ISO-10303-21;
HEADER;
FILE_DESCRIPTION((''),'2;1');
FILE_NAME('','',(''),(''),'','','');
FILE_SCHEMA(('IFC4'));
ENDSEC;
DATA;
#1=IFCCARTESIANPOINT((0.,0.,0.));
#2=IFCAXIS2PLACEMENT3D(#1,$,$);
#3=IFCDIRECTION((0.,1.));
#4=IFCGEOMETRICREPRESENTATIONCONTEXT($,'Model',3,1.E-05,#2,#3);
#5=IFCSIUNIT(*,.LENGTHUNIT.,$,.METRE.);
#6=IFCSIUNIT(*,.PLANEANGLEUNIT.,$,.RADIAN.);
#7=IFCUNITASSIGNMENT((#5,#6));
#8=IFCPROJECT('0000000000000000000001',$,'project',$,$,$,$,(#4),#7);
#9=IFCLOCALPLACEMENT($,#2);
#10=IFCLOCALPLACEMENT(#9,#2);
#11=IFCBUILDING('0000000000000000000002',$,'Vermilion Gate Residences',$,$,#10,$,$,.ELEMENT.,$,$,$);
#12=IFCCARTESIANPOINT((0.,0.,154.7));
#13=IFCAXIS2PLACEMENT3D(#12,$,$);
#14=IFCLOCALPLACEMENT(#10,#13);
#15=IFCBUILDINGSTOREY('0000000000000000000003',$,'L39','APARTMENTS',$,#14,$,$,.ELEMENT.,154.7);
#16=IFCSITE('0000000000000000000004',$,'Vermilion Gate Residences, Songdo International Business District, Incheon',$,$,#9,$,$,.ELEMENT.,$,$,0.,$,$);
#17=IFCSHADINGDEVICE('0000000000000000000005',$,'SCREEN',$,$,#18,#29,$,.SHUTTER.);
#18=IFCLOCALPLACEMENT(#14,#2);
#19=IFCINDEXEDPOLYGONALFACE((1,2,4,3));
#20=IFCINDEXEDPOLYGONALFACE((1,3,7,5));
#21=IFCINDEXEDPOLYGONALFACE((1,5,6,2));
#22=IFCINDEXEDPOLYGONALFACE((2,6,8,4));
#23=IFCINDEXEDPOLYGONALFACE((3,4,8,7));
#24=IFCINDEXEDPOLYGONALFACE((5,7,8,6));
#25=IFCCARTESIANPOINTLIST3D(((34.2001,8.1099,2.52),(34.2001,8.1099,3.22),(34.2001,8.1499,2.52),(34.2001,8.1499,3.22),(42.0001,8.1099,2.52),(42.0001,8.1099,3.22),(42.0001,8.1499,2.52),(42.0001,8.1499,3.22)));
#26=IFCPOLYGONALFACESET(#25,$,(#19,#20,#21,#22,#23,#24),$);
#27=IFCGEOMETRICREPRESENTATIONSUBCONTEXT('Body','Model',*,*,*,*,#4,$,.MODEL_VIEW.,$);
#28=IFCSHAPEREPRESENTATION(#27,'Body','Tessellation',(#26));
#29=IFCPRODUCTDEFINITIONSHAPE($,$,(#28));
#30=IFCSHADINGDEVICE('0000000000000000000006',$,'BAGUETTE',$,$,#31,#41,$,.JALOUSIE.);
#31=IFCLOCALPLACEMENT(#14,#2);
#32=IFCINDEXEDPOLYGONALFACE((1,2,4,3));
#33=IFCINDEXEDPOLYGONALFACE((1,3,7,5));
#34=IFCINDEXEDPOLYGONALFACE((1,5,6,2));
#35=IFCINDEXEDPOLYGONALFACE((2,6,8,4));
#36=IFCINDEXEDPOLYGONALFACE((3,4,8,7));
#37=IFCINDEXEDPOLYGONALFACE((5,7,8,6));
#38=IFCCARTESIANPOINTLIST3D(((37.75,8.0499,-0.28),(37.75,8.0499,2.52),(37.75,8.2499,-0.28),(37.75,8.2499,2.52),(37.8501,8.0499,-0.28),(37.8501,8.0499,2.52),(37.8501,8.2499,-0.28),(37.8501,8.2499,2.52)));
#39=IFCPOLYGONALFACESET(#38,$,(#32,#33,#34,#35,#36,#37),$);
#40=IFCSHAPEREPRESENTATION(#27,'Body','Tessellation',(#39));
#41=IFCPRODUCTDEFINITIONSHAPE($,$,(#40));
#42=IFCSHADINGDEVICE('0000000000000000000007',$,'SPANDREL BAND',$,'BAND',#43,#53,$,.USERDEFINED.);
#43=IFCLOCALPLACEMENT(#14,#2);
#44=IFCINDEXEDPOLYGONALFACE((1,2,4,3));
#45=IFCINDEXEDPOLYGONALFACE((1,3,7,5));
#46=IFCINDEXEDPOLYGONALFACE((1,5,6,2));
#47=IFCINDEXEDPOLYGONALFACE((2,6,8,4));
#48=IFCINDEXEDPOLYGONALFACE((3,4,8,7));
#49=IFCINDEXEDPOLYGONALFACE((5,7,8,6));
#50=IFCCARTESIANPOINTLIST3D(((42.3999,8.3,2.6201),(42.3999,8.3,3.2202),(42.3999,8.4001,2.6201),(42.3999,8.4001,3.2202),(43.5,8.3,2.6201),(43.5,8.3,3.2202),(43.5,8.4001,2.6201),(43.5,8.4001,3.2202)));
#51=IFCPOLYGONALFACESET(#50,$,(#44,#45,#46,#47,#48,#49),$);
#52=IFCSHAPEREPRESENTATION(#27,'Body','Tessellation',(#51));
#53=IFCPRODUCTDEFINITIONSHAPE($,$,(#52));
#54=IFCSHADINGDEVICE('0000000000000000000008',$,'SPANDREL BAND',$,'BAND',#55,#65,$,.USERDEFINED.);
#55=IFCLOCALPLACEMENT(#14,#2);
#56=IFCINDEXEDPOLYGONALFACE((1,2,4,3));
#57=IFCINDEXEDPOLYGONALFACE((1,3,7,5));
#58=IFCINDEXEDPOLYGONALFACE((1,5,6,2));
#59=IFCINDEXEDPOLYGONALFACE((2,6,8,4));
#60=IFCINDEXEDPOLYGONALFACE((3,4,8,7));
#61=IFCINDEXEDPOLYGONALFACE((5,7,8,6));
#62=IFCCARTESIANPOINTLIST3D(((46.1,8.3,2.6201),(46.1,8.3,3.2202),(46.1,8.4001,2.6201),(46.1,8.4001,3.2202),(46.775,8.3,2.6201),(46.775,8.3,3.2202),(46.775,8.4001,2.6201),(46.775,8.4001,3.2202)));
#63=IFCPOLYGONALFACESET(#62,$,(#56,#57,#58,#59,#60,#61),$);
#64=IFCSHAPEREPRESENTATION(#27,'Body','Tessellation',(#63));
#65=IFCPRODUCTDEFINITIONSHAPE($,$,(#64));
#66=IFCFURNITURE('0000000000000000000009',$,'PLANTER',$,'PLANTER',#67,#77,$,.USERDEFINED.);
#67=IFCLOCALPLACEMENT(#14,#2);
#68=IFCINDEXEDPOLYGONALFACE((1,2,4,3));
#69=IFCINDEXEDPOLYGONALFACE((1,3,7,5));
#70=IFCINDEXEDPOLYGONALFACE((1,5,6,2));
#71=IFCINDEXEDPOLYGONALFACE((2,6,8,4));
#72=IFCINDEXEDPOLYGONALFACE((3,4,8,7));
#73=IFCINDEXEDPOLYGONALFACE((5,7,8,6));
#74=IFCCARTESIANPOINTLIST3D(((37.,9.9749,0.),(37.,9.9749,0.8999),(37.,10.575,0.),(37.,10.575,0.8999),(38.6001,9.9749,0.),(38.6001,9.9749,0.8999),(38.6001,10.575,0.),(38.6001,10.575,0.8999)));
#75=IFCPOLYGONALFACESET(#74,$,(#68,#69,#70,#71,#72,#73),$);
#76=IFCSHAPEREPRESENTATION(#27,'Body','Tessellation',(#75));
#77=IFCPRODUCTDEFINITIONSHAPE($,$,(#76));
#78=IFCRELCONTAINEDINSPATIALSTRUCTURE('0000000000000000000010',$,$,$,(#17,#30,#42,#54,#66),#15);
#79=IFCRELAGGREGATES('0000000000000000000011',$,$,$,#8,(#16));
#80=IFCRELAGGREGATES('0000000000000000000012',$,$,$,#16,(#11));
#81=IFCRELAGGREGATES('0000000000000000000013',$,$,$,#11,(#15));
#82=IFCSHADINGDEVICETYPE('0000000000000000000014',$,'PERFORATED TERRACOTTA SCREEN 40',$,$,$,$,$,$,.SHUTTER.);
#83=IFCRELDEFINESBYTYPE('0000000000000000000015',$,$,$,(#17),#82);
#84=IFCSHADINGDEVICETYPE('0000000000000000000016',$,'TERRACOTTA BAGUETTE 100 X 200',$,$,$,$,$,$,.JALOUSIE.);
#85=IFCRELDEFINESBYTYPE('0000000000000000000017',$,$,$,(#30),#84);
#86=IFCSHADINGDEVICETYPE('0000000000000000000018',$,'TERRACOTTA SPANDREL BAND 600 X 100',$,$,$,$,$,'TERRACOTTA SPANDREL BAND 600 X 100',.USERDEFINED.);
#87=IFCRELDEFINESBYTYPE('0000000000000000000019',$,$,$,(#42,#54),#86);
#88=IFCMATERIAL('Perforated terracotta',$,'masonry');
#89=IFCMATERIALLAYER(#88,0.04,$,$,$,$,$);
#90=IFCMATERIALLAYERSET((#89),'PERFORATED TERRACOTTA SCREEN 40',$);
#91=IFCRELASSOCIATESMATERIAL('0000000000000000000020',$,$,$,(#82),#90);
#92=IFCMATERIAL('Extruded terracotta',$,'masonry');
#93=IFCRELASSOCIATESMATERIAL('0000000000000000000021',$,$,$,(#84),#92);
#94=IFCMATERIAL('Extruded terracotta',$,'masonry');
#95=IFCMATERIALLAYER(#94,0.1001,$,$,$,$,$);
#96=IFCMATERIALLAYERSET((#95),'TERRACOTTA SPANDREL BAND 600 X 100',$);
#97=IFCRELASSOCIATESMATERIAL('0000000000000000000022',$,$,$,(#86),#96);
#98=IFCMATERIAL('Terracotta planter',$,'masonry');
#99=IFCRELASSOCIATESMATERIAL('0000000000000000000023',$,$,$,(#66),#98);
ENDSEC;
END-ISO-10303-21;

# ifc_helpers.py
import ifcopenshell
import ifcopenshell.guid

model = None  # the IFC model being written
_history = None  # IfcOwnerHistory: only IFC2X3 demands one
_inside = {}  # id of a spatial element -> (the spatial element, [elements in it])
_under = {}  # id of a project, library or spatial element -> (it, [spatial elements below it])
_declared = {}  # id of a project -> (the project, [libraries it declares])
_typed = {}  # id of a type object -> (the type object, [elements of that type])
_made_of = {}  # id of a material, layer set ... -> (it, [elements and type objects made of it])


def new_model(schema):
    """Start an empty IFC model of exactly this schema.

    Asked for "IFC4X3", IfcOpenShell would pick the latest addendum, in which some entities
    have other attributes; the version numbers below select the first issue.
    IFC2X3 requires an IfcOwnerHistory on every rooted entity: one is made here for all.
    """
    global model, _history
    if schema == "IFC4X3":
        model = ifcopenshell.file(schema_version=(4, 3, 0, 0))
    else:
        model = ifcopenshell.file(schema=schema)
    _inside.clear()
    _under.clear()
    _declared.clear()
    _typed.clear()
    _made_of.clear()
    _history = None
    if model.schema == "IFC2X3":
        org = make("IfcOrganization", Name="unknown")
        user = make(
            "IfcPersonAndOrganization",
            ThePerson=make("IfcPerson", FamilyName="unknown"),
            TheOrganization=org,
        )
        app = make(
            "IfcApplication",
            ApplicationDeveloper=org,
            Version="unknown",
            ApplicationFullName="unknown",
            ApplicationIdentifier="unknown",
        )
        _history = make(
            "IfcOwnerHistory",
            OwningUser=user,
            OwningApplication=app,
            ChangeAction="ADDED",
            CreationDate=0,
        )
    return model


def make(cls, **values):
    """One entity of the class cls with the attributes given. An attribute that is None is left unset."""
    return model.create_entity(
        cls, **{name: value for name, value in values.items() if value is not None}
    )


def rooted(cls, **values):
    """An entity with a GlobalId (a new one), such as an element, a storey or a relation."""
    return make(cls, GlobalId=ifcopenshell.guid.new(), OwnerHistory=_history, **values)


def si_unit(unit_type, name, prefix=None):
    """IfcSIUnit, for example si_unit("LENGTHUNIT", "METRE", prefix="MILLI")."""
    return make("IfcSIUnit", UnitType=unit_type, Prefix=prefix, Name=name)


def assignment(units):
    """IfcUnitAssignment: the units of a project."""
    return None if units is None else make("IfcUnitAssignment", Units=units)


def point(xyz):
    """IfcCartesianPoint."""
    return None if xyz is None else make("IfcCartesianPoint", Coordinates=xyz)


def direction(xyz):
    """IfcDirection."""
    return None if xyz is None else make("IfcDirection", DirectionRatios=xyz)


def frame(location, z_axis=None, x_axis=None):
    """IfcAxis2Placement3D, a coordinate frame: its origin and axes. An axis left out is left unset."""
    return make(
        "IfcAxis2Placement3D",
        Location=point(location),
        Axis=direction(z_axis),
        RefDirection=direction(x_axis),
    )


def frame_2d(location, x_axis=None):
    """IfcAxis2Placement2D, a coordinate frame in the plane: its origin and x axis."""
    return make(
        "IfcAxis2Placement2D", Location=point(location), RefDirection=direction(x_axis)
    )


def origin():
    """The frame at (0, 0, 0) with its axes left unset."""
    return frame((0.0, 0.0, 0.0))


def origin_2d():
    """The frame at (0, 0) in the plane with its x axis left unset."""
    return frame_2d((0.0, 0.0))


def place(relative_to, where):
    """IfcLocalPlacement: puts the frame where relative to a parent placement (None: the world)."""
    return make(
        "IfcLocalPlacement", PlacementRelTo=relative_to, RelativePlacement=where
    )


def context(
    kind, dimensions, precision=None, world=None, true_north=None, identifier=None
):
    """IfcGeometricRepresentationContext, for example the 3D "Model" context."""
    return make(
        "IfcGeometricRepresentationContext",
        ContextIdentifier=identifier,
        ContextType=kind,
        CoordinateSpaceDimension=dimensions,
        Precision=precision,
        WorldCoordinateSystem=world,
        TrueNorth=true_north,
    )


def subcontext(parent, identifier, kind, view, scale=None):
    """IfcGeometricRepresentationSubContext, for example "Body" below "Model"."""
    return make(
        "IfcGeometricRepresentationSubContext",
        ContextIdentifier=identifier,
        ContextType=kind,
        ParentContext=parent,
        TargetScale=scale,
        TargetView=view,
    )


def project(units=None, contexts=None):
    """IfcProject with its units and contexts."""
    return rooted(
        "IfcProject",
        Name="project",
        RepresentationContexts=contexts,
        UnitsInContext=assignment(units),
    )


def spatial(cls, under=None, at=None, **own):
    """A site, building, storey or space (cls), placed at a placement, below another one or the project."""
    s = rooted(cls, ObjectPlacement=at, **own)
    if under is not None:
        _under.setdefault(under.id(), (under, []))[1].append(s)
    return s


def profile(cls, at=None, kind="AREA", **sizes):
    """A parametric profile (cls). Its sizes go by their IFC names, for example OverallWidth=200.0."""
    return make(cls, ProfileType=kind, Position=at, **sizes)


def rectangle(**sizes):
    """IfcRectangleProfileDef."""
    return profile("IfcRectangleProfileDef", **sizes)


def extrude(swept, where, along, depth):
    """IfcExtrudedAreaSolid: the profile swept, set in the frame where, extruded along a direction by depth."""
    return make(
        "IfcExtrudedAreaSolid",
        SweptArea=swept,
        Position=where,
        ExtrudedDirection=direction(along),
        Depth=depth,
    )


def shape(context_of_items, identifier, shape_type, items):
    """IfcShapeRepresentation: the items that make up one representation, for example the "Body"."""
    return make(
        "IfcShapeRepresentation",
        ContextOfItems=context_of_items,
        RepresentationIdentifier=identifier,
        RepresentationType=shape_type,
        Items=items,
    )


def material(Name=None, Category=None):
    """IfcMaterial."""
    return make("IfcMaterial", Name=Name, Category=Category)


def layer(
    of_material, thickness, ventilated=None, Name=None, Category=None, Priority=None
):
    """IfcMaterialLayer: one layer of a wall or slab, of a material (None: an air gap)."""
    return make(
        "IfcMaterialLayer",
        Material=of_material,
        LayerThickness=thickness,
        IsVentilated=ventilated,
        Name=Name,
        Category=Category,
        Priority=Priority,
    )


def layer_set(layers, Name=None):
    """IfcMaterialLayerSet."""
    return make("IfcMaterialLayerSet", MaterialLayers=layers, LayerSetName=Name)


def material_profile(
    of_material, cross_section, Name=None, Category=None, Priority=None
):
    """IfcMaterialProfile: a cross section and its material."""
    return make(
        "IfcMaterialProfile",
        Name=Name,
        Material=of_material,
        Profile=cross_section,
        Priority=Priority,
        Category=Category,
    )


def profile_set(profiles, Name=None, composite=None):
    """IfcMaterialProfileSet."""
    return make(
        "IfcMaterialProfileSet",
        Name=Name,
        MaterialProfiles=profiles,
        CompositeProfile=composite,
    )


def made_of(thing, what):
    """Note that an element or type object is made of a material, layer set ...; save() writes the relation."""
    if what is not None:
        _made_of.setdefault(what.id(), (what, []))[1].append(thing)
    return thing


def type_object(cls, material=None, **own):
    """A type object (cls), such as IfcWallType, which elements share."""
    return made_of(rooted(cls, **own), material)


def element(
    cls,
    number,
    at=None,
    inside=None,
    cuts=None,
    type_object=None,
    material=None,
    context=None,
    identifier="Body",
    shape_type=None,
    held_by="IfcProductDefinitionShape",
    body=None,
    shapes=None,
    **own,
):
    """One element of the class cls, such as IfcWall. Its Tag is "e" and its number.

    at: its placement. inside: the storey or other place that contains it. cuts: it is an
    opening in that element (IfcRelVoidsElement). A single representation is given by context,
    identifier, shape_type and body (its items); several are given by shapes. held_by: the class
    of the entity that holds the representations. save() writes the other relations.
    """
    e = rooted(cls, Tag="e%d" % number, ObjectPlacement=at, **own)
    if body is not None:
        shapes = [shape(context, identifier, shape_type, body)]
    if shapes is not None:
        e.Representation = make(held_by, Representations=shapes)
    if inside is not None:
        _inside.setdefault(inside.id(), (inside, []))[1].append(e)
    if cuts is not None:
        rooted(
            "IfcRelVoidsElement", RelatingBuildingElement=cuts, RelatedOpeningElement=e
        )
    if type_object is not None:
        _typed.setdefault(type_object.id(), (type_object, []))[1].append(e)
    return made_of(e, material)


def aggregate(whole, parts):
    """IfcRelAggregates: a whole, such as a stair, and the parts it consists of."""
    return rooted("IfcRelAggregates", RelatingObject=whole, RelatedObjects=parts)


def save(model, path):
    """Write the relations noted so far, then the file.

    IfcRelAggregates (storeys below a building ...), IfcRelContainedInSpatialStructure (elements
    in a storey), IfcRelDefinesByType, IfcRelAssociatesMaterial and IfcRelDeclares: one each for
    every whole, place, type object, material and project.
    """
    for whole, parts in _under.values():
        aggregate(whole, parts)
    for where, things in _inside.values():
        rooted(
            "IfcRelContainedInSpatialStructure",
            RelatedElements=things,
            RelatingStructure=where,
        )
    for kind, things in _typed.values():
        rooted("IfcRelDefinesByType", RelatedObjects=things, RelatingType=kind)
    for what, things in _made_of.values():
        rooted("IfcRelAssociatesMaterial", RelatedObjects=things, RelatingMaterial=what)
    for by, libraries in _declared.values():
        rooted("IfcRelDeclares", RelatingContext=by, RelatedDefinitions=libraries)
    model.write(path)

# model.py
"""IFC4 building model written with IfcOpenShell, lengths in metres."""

from ifc_helpers import new_model, si_unit, direction, frame, origin, origin_2d, place, context, subcontext, project, spatial, rectangle, extrude, material, layer, layer_set, material_profile, profile_set, type_object, element, save


model = new_model("IFC4")

# Units and contexts
model_context = context("Model", 3, precision=1e-05, world=origin(), true_north=direction((0.0, 1.0)))
body_context = subcontext(model_context, "Body", "Model", "MODEL_VIEW")
ifc_project = project(units=[si_unit("LENGTHUNIT", "METRE"), si_unit("PLANEANGLEUNIT", "RADIAN")], contexts=[model_context])

# Site, building, storey
site_placement = place(None, origin())
site = spatial("IfcSite", under=ifc_project, at=site_placement, Name="Vermilion Gate Residences, Songdo International Business District, Incheon", CompositionType="ELEMENT", RefElevation=0.0)
building_placement = place(site_placement, origin())
building = spatial("IfcBuilding", under=site, at=building_placement, Name="Vermilion Gate Residences", CompositionType="ELEMENT")
storey_placement = place(building_placement, frame((0.0, 0.0, 154.7)))
storey = spatial("IfcBuildingStorey", under=building, at=storey_placement, Name="L39", Description="APARTMENTS", CompositionType="ELEMENT", Elevation=154.7)

# Shading devices
ifc_material_1 = material(Name="Perforated terracotta", Category="masonry")
ifc_layer_1 = layer(ifc_material_1, 0.04)
ifc_layer_set_1 = layer_set([ifc_layer_1], Name="PERFORATED TERRACOTTA SCREEN 40")
shading_device_type_1 = type_object("IfcShadingDeviceType", Name="PERFORATED TERRACOTTA SCREEN 40", PredefinedType="SHUTTER", material=ifc_layer_set_1)
shading_device_1_placement = place(storey_placement, frame((38.1001, 8.1299, 2.52), z_axis=(0.0, 0.0, 1.0), x_axis=(1.0, 0.0, 0.0)))
element("IfcShadingDevice", 1, at=shading_device_1_placement, inside=storey, type_object=shading_device_type_1, Name="SCREEN", PredefinedType="SHUTTER", context=body_context, shape_type="SweptSolid", body=[
    extrude(rectangle(XDim=7.8, YDim=0.04, at=origin_2d()), origin(), (0.0, 0.0, 1.0), 0.7),
])
ifc_material_2 = material(Name="Extruded terracotta", Category="masonry")
ifc_material_profile = material_profile(ifc_material_2, rectangle(XDim=0.2, YDim=0.1001, at=origin_2d()), Name="BAGUETTE 100 X 200")
ifc_profile_set = profile_set([ifc_material_profile], Name="Extruded terracotta")
shading_device_type_2 = type_object("IfcShadingDeviceType", Name="TERRACOTTA BAGUETTE 100 X 200", PredefinedType="JALOUSIE", material=ifc_profile_set)
shading_device_2_placement = place(storey_placement, frame((37.8, 8.1499, -0.28), z_axis=(0.0, 0.0, 1.0), x_axis=(0.0, 1.0, 0.0)))
element("IfcShadingDevice", 2, at=shading_device_2_placement, inside=storey, type_object=shading_device_type_2, Name="BAGUETTE", PredefinedType="JALOUSIE", context=body_context, shape_type="SweptSolid", body=[
    extrude(rectangle(XDim=0.2, YDim=0.1001, at=origin_2d()), origin(), (0.0, 0.0, 1.0), 2.8),
])
ifc_material_3 = material(Name="Extruded terracotta", Category="masonry")
ifc_layer_2 = layer(ifc_material_3, 0.1001)
ifc_layer_set_2 = layer_set([ifc_layer_2], Name="TERRACOTTA SPANDREL BAND 600 X 100")
shading_device_type_3 = type_object("IfcShadingDeviceType", Name="TERRACOTTA SPANDREL BAND 600 X 100", ElementType="TERRACOTTA SPANDREL BAND 600 X 100", PredefinedType="USERDEFINED", material=ifc_layer_set_2)
shading_device_3_placement = place(storey_placement, frame((42.95, 8.3501, 2.6201), z_axis=(0.0, 0.0, 1.0), x_axis=(1.0, 0.0, 0.0)))
element("IfcShadingDevice", 3, at=shading_device_3_placement, inside=storey, type_object=shading_device_type_3, Name="SPANDREL BAND", ObjectType="BAND", PredefinedType="USERDEFINED", context=body_context, shape_type="SweptSolid", body=[
    extrude(rectangle(XDim=1.1001, YDim=0.1001, at=origin_2d()), origin(), (0.0, 0.0, 1.0), 0.6001),
])
shading_device_4_placement = place(storey_placement, frame((46.4375, 8.3501, 2.6201), z_axis=(0.0, 0.0, 1.0), x_axis=(1.0, 0.0, 0.0)))
element("IfcShadingDevice", 4, at=shading_device_4_placement, inside=storey, type_object=shading_device_type_3, Name="SPANDREL BAND", ObjectType="BAND", PredefinedType="USERDEFINED", context=body_context, shape_type="SweptSolid", body=[
    extrude(rectangle(XDim=0.675, YDim=0.1001, at=origin_2d()), origin(), (0.0, 0.0, 1.0), 0.6001),
])

# Furniture
ifc_material_4 = material(Name="Terracotta planter", Category="masonry")
furniture_placement = place(storey_placement, frame((37.8, 10.2749, 0.0), z_axis=(0.0, 0.0, 1.0), x_axis=(1.0, 0.0, 0.0)))
element("IfcFurniture", 5, at=furniture_placement, inside=storey, material=ifc_material_4, Name="PLANTER", ObjectType="PLANTER", PredefinedType="USERDEFINED", context=body_context, shape_type="SweptSolid", body=[
    extrude(rectangle(XDim=1.6001, YDim=0.6001, at=origin_2d()), origin(), (0.0, 0.0, 1.0), 0.8999),
])

save(model, "model.ifc")
